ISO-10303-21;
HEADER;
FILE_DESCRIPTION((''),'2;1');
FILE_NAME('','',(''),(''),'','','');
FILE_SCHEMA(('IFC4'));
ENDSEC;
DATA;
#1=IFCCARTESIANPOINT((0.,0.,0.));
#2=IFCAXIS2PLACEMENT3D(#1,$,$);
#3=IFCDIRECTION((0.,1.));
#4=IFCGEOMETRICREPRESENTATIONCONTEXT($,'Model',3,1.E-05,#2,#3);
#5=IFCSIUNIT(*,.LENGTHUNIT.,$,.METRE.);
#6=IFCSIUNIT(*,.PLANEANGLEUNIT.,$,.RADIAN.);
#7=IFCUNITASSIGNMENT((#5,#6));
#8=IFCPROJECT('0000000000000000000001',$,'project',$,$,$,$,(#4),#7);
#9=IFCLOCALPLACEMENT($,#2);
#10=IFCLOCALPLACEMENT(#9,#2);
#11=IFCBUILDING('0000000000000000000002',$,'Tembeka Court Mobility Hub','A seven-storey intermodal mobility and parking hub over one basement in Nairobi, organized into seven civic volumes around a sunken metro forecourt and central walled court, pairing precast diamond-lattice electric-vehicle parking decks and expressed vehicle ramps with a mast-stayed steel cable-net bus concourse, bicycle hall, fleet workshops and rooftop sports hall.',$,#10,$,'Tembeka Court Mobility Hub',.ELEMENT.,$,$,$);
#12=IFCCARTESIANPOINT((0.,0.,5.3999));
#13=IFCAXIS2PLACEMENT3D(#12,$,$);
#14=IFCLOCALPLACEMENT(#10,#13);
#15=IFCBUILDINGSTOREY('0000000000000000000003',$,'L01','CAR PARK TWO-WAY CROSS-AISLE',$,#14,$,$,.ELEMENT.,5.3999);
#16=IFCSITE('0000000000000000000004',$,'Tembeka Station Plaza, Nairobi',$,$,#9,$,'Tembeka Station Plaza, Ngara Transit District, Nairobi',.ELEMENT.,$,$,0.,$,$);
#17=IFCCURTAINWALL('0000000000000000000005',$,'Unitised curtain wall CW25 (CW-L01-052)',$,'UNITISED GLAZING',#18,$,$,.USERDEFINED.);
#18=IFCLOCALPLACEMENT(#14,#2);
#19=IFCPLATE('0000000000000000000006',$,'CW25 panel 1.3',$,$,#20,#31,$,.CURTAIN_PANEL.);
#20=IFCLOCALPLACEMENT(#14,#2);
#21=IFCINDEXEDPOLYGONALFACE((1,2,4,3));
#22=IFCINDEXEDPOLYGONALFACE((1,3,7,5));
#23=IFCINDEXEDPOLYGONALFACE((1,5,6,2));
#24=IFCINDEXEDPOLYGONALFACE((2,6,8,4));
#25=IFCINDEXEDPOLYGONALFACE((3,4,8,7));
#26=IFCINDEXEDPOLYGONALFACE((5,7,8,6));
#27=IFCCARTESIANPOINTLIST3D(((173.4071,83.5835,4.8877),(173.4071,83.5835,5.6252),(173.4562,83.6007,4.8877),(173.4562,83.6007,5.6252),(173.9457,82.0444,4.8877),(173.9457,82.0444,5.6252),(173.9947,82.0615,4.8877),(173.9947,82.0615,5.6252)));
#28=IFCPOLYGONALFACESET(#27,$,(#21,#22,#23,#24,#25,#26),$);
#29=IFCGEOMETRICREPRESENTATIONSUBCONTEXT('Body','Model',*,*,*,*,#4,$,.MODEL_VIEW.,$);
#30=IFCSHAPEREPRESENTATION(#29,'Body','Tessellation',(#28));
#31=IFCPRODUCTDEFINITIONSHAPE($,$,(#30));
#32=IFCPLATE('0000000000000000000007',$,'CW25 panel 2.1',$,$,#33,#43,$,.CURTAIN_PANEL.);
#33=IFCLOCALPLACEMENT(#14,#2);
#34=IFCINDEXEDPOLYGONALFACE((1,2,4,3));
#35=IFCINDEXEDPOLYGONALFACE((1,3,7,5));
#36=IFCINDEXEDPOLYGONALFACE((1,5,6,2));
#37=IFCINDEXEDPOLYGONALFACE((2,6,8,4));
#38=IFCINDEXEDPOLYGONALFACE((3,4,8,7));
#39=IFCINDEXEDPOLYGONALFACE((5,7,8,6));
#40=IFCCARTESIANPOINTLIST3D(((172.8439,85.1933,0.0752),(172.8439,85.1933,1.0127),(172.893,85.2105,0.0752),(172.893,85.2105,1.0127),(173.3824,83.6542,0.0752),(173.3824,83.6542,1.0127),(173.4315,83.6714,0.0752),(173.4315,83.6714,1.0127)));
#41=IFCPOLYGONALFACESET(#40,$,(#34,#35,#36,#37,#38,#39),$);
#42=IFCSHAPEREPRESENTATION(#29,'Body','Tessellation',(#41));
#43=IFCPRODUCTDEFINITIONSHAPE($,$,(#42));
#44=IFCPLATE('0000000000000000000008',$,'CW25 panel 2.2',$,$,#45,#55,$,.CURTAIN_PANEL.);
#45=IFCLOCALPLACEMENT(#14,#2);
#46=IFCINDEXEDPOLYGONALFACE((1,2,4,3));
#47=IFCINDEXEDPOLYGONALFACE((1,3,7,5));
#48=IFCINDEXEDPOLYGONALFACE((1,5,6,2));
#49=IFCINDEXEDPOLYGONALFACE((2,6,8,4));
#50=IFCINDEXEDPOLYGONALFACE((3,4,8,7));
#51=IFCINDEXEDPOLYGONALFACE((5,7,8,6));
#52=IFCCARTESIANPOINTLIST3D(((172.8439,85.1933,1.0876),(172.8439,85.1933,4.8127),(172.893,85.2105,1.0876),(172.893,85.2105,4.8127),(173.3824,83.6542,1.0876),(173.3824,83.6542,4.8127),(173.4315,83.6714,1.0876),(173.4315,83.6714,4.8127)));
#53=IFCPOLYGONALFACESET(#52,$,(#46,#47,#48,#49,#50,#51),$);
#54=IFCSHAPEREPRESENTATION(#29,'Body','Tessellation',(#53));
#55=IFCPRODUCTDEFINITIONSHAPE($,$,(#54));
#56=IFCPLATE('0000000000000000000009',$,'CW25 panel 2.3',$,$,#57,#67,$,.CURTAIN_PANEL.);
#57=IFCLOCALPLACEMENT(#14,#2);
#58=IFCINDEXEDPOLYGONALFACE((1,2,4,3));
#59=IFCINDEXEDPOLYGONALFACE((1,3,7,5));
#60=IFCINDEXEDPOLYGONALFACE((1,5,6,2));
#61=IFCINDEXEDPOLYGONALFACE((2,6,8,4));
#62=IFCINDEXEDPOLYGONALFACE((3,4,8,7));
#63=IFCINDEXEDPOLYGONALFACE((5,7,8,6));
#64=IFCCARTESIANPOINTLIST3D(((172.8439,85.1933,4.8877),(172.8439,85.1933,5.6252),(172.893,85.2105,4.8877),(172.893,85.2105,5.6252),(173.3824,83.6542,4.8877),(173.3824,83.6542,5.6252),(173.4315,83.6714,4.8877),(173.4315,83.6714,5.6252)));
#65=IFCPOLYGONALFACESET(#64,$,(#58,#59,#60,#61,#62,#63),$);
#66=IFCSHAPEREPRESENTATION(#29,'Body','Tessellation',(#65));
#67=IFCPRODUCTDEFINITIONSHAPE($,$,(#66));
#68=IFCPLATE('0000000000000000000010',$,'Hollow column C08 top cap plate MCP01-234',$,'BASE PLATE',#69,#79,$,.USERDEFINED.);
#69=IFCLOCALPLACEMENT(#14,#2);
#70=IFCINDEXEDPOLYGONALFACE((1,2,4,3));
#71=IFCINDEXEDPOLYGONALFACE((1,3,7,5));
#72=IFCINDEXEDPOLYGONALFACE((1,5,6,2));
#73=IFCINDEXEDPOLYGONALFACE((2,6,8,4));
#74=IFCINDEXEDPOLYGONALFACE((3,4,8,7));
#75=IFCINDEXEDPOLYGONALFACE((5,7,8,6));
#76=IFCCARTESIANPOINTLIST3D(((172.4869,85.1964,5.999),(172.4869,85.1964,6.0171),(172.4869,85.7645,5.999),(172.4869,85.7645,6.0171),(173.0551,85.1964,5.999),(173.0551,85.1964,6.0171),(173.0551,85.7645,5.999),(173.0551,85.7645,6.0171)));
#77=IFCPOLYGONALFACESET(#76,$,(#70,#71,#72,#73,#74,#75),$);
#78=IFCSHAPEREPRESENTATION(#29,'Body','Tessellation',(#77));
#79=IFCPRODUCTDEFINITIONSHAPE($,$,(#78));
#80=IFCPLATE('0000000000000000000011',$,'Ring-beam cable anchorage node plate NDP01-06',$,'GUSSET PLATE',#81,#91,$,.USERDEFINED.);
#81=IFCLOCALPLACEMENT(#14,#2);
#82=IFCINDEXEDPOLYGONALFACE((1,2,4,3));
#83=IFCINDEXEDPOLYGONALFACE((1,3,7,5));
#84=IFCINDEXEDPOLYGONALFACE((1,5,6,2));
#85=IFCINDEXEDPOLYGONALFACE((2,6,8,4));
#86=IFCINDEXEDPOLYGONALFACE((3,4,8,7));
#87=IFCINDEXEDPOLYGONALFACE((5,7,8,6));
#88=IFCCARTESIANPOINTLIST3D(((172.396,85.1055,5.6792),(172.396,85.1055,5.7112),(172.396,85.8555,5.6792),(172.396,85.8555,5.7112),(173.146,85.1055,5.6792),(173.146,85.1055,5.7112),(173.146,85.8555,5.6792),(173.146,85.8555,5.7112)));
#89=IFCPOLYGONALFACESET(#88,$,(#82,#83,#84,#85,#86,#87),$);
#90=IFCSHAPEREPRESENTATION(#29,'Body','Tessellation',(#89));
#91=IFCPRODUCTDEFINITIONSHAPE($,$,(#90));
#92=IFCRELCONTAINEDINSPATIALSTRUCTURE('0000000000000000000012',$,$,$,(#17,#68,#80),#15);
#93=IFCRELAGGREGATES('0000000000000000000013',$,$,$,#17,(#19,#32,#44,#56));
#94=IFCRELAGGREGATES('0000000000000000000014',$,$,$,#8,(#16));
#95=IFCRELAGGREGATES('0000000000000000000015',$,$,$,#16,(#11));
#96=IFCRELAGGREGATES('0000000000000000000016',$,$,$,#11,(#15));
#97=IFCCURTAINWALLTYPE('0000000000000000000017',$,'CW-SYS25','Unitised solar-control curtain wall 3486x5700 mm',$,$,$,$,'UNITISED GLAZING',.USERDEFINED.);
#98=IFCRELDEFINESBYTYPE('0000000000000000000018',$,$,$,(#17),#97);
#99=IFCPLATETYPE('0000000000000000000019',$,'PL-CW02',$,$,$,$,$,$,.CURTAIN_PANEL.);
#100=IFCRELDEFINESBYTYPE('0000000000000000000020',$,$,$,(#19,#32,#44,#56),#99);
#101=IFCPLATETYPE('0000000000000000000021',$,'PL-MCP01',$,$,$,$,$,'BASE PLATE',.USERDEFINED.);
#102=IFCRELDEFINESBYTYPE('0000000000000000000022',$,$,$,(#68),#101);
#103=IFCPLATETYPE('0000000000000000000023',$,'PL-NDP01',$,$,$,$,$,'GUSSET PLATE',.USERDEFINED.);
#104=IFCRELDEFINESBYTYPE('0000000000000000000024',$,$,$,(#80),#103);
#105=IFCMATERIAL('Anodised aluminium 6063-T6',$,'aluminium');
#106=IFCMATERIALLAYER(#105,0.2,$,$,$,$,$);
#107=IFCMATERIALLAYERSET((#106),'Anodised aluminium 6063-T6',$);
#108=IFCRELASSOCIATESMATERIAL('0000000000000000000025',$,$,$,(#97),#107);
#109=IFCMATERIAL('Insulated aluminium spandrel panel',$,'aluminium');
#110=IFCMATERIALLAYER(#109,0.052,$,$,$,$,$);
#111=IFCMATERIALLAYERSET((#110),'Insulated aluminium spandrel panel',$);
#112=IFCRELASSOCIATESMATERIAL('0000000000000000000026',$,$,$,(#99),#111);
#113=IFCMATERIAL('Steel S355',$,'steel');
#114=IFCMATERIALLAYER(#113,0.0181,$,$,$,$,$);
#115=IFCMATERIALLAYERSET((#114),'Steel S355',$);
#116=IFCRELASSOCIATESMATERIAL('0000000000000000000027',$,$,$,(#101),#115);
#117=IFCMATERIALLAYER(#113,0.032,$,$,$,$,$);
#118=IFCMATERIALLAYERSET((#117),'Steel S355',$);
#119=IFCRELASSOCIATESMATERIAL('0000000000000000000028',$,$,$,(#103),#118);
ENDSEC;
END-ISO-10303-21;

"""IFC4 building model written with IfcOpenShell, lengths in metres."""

from ifc_helpers import new_model, si_unit, direction, frame, origin, origin_2d, place, context, subcontext, project, spatial, rectangle, extrude, material, layer, layer_set, type_object, element, aggregate, save


model = new_model("IFC4")

# Units and contexts
model_context = context("Model", 3, precision=1e-05, world=origin(), true_north=direction((0.0, 1.0)))
body_context = subcontext(model_context, "Body", "Model", "MODEL_VIEW")
ifc_project = project(units=[si_unit("LENGTHUNIT", "METRE"), si_unit("PLANEANGLEUNIT", "RADIAN")], contexts=[model_context])

# Site, building, storey
site_placement = place(None, origin())
site = spatial("IfcSite", under=ifc_project, at=site_placement, Name="Tembeka Station Plaza, Nairobi", LongName="Tembeka Station Plaza, Ngara Transit District, Nairobi", CompositionType="ELEMENT", RefElevation=0.0)
building_placement = place(site_placement, origin())
building = spatial("IfcBuilding", under=site, at=building_placement, Name="Tembeka Court Mobility Hub", Description="A seven-storey intermodal mobility and parking hub over one basement in Nairobi, organized into seven civic volumes around a sunken metro forecourt and central walled court, pairing precast diamond-lattice electric-vehicle parking decks and expressed vehicle ramps with a mast-stayed steel cable-net bus concourse, bicycle hall, fleet workshops and rooftop sports hall.", LongName="Tembeka Court Mobility Hub", CompositionType="ELEMENT")
storey_placement = place(building_placement, frame((0.0, 0.0, 5.3999)))
storey = spatial("IfcBuildingStorey", under=building, at=storey_placement, Name="L01", Description="CAR PARK TWO-WAY CROSS-AISLE", CompositionType="ELEMENT", Elevation=5.3999)

# Shared definitions
ifc_material_1 = material(Name="Steel S355", Category="steel")

# Curtain wall
ifc_material_2 = material(Name="Anodised aluminium 6063-T6", Category="aluminium")
ifc_layer_1 = layer(ifc_material_2, 0.2)
ifc_layer_set_1 = layer_set([ifc_layer_1], Name="Anodised aluminium 6063-T6")
curtain_wall_type = type_object("IfcCurtainWallType", Name="CW-SYS25", Description="Unitised solar-control curtain wall 3486x5700 mm", ElementType="UNITISED GLAZING", PredefinedType="USERDEFINED", material=ifc_layer_set_1)
curtain_wall_1_placement = place(storey_placement, origin())
curtain_wall_1 = element("IfcCurtainWall", 1, at=curtain_wall_1_placement, inside=storey, type_object=curtain_wall_type, Name="Unitised curtain wall CW25 (CW-L01-052)", ObjectType="UNITISED GLAZING", PredefinedType="USERDEFINED")

# Plates
ifc_material_3 = material(Name="Insulated aluminium spandrel panel", Category="aluminium")
ifc_layer_2 = layer(ifc_material_3, 0.052)
ifc_layer_set_2 = layer_set([ifc_layer_2], Name="Insulated aluminium spandrel panel")
plate_type_1 = type_object("IfcPlateType", Name="PL-CW02", PredefinedType="CURTAIN_PANEL", material=ifc_layer_set_2)
plate_1_placement = place(storey_placement, frame((173.7009, 82.8225, 4.8877), z_axis=(0.0, 0.0, 1.0), x_axis=(-0.330264, 0.943889, 0.0)))
plate_1 = element("IfcPlate", 2, at=plate_1_placement, type_object=plate_type_1, Name="CW25 panel 1.3", PredefinedType="CURTAIN_PANEL", context=body_context, shape_type="SweptSolid", body=[
    extrude(rectangle(XDim=1.6306, YDim=0.052, at=origin_2d()), origin(), (0.0, 0.0, 1.0), 0.7375),
])
plate_2_placement = place(storey_placement, frame((173.1377, 84.4324, 0.0752), z_axis=(0.0, 0.0, 1.0), x_axis=(-0.330264, 0.943889, 0.0)))
plate_2 = element("IfcPlate", 3, at=plate_2_placement, type_object=plate_type_1, Name="CW25 panel 2.1", PredefinedType="CURTAIN_PANEL", context=body_context, shape_type="SweptSolid", body=[
    extrude(rectangle(XDim=1.6306, YDim=0.052, at=origin_2d()), origin(), (0.0, 0.0, 1.0), 0.9375),
])
plate_3_placement = place(storey_placement, frame((173.1377, 84.4324, 1.0876), z_axis=(0.0, 0.0, 1.0), x_axis=(-0.330264, 0.943889, 0.0)))
plate_3 = element("IfcPlate", 4, at=plate_3_placement, type_object=plate_type_1, Name="CW25 panel 2.2", PredefinedType="CURTAIN_PANEL", context=body_context, shape_type="SweptSolid", body=[
    extrude(rectangle(XDim=1.6306, YDim=0.052, at=origin_2d()), origin(), (0.0, 0.0, 1.0), 3.7251),
])
plate_4_placement = place(storey_placement, frame((173.1377, 84.4324, 4.8877), z_axis=(0.0, 0.0, 1.0), x_axis=(-0.330264, 0.943889, 0.0)))
plate_4 = element("IfcPlate", 5, at=plate_4_placement, type_object=plate_type_1, Name="CW25 panel 2.3", PredefinedType="CURTAIN_PANEL", context=body_context, shape_type="SweptSolid", body=[
    extrude(rectangle(XDim=1.6306, YDim=0.052, at=origin_2d()), origin(), (0.0, 0.0, 1.0), 0.7375),
])
aggregate(curtain_wall_1, [plate_1, plate_2, plate_3, plate_4])

# Plates
ifc_layer_3 = layer(ifc_material_1, 0.0181)
ifc_layer_set_3 = layer_set([ifc_layer_3], Name="Steel S355")
plate_type_2 = type_object("IfcPlateType", Name="PL-MCP01", ElementType="BASE PLATE", PredefinedType="USERDEFINED", material=ifc_layer_set_3)
plate_5_placement = place(storey_placement, frame((172.771, 85.4805, 5.999), z_axis=(0.0, 0.0, 1.0), x_axis=(1.0, 0.0, 0.0)))
element("IfcPlate", 6, at=plate_5_placement, inside=storey, type_object=plate_type_2, Name="Hollow column C08 top cap plate MCP01-234", ObjectType="BASE PLATE", PredefinedType="USERDEFINED", context=body_context, shape_type="SweptSolid", body=[
    extrude(rectangle(XDim=0.5681, YDim=0.5681, at=origin_2d()), origin(), (0.0, 0.0, 1.0), 0.0181),
])
ifc_layer_4 = layer(ifc_material_1, 0.032)
ifc_layer_set_4 = layer_set([ifc_layer_4], Name="Steel S355")
plate_type_3 = type_object("IfcPlateType", Name="PL-NDP01", ElementType="GUSSET PLATE", PredefinedType="USERDEFINED", material=ifc_layer_set_4)
plate_6_placement = place(storey_placement, frame((172.771, 85.4805, 5.6792), z_axis=(0.0, 0.0, 1.0), x_axis=(1.0, 0.0, 0.0)))
element("IfcPlate", 7, at=plate_6_placement, inside=storey, type_object=plate_type_3, Name="Ring-beam cable anchorage node plate NDP01-06", ObjectType="GUSSET PLATE", PredefinedType="USERDEFINED", context=body_context, shape_type="SweptSolid", body=[
    extrude(rectangle(XDim=0.75, YDim=0.75, at=origin_2d()), origin(), (0.0, 0.0, 1.0), 0.032),
])

save(model, "model.ifc")
